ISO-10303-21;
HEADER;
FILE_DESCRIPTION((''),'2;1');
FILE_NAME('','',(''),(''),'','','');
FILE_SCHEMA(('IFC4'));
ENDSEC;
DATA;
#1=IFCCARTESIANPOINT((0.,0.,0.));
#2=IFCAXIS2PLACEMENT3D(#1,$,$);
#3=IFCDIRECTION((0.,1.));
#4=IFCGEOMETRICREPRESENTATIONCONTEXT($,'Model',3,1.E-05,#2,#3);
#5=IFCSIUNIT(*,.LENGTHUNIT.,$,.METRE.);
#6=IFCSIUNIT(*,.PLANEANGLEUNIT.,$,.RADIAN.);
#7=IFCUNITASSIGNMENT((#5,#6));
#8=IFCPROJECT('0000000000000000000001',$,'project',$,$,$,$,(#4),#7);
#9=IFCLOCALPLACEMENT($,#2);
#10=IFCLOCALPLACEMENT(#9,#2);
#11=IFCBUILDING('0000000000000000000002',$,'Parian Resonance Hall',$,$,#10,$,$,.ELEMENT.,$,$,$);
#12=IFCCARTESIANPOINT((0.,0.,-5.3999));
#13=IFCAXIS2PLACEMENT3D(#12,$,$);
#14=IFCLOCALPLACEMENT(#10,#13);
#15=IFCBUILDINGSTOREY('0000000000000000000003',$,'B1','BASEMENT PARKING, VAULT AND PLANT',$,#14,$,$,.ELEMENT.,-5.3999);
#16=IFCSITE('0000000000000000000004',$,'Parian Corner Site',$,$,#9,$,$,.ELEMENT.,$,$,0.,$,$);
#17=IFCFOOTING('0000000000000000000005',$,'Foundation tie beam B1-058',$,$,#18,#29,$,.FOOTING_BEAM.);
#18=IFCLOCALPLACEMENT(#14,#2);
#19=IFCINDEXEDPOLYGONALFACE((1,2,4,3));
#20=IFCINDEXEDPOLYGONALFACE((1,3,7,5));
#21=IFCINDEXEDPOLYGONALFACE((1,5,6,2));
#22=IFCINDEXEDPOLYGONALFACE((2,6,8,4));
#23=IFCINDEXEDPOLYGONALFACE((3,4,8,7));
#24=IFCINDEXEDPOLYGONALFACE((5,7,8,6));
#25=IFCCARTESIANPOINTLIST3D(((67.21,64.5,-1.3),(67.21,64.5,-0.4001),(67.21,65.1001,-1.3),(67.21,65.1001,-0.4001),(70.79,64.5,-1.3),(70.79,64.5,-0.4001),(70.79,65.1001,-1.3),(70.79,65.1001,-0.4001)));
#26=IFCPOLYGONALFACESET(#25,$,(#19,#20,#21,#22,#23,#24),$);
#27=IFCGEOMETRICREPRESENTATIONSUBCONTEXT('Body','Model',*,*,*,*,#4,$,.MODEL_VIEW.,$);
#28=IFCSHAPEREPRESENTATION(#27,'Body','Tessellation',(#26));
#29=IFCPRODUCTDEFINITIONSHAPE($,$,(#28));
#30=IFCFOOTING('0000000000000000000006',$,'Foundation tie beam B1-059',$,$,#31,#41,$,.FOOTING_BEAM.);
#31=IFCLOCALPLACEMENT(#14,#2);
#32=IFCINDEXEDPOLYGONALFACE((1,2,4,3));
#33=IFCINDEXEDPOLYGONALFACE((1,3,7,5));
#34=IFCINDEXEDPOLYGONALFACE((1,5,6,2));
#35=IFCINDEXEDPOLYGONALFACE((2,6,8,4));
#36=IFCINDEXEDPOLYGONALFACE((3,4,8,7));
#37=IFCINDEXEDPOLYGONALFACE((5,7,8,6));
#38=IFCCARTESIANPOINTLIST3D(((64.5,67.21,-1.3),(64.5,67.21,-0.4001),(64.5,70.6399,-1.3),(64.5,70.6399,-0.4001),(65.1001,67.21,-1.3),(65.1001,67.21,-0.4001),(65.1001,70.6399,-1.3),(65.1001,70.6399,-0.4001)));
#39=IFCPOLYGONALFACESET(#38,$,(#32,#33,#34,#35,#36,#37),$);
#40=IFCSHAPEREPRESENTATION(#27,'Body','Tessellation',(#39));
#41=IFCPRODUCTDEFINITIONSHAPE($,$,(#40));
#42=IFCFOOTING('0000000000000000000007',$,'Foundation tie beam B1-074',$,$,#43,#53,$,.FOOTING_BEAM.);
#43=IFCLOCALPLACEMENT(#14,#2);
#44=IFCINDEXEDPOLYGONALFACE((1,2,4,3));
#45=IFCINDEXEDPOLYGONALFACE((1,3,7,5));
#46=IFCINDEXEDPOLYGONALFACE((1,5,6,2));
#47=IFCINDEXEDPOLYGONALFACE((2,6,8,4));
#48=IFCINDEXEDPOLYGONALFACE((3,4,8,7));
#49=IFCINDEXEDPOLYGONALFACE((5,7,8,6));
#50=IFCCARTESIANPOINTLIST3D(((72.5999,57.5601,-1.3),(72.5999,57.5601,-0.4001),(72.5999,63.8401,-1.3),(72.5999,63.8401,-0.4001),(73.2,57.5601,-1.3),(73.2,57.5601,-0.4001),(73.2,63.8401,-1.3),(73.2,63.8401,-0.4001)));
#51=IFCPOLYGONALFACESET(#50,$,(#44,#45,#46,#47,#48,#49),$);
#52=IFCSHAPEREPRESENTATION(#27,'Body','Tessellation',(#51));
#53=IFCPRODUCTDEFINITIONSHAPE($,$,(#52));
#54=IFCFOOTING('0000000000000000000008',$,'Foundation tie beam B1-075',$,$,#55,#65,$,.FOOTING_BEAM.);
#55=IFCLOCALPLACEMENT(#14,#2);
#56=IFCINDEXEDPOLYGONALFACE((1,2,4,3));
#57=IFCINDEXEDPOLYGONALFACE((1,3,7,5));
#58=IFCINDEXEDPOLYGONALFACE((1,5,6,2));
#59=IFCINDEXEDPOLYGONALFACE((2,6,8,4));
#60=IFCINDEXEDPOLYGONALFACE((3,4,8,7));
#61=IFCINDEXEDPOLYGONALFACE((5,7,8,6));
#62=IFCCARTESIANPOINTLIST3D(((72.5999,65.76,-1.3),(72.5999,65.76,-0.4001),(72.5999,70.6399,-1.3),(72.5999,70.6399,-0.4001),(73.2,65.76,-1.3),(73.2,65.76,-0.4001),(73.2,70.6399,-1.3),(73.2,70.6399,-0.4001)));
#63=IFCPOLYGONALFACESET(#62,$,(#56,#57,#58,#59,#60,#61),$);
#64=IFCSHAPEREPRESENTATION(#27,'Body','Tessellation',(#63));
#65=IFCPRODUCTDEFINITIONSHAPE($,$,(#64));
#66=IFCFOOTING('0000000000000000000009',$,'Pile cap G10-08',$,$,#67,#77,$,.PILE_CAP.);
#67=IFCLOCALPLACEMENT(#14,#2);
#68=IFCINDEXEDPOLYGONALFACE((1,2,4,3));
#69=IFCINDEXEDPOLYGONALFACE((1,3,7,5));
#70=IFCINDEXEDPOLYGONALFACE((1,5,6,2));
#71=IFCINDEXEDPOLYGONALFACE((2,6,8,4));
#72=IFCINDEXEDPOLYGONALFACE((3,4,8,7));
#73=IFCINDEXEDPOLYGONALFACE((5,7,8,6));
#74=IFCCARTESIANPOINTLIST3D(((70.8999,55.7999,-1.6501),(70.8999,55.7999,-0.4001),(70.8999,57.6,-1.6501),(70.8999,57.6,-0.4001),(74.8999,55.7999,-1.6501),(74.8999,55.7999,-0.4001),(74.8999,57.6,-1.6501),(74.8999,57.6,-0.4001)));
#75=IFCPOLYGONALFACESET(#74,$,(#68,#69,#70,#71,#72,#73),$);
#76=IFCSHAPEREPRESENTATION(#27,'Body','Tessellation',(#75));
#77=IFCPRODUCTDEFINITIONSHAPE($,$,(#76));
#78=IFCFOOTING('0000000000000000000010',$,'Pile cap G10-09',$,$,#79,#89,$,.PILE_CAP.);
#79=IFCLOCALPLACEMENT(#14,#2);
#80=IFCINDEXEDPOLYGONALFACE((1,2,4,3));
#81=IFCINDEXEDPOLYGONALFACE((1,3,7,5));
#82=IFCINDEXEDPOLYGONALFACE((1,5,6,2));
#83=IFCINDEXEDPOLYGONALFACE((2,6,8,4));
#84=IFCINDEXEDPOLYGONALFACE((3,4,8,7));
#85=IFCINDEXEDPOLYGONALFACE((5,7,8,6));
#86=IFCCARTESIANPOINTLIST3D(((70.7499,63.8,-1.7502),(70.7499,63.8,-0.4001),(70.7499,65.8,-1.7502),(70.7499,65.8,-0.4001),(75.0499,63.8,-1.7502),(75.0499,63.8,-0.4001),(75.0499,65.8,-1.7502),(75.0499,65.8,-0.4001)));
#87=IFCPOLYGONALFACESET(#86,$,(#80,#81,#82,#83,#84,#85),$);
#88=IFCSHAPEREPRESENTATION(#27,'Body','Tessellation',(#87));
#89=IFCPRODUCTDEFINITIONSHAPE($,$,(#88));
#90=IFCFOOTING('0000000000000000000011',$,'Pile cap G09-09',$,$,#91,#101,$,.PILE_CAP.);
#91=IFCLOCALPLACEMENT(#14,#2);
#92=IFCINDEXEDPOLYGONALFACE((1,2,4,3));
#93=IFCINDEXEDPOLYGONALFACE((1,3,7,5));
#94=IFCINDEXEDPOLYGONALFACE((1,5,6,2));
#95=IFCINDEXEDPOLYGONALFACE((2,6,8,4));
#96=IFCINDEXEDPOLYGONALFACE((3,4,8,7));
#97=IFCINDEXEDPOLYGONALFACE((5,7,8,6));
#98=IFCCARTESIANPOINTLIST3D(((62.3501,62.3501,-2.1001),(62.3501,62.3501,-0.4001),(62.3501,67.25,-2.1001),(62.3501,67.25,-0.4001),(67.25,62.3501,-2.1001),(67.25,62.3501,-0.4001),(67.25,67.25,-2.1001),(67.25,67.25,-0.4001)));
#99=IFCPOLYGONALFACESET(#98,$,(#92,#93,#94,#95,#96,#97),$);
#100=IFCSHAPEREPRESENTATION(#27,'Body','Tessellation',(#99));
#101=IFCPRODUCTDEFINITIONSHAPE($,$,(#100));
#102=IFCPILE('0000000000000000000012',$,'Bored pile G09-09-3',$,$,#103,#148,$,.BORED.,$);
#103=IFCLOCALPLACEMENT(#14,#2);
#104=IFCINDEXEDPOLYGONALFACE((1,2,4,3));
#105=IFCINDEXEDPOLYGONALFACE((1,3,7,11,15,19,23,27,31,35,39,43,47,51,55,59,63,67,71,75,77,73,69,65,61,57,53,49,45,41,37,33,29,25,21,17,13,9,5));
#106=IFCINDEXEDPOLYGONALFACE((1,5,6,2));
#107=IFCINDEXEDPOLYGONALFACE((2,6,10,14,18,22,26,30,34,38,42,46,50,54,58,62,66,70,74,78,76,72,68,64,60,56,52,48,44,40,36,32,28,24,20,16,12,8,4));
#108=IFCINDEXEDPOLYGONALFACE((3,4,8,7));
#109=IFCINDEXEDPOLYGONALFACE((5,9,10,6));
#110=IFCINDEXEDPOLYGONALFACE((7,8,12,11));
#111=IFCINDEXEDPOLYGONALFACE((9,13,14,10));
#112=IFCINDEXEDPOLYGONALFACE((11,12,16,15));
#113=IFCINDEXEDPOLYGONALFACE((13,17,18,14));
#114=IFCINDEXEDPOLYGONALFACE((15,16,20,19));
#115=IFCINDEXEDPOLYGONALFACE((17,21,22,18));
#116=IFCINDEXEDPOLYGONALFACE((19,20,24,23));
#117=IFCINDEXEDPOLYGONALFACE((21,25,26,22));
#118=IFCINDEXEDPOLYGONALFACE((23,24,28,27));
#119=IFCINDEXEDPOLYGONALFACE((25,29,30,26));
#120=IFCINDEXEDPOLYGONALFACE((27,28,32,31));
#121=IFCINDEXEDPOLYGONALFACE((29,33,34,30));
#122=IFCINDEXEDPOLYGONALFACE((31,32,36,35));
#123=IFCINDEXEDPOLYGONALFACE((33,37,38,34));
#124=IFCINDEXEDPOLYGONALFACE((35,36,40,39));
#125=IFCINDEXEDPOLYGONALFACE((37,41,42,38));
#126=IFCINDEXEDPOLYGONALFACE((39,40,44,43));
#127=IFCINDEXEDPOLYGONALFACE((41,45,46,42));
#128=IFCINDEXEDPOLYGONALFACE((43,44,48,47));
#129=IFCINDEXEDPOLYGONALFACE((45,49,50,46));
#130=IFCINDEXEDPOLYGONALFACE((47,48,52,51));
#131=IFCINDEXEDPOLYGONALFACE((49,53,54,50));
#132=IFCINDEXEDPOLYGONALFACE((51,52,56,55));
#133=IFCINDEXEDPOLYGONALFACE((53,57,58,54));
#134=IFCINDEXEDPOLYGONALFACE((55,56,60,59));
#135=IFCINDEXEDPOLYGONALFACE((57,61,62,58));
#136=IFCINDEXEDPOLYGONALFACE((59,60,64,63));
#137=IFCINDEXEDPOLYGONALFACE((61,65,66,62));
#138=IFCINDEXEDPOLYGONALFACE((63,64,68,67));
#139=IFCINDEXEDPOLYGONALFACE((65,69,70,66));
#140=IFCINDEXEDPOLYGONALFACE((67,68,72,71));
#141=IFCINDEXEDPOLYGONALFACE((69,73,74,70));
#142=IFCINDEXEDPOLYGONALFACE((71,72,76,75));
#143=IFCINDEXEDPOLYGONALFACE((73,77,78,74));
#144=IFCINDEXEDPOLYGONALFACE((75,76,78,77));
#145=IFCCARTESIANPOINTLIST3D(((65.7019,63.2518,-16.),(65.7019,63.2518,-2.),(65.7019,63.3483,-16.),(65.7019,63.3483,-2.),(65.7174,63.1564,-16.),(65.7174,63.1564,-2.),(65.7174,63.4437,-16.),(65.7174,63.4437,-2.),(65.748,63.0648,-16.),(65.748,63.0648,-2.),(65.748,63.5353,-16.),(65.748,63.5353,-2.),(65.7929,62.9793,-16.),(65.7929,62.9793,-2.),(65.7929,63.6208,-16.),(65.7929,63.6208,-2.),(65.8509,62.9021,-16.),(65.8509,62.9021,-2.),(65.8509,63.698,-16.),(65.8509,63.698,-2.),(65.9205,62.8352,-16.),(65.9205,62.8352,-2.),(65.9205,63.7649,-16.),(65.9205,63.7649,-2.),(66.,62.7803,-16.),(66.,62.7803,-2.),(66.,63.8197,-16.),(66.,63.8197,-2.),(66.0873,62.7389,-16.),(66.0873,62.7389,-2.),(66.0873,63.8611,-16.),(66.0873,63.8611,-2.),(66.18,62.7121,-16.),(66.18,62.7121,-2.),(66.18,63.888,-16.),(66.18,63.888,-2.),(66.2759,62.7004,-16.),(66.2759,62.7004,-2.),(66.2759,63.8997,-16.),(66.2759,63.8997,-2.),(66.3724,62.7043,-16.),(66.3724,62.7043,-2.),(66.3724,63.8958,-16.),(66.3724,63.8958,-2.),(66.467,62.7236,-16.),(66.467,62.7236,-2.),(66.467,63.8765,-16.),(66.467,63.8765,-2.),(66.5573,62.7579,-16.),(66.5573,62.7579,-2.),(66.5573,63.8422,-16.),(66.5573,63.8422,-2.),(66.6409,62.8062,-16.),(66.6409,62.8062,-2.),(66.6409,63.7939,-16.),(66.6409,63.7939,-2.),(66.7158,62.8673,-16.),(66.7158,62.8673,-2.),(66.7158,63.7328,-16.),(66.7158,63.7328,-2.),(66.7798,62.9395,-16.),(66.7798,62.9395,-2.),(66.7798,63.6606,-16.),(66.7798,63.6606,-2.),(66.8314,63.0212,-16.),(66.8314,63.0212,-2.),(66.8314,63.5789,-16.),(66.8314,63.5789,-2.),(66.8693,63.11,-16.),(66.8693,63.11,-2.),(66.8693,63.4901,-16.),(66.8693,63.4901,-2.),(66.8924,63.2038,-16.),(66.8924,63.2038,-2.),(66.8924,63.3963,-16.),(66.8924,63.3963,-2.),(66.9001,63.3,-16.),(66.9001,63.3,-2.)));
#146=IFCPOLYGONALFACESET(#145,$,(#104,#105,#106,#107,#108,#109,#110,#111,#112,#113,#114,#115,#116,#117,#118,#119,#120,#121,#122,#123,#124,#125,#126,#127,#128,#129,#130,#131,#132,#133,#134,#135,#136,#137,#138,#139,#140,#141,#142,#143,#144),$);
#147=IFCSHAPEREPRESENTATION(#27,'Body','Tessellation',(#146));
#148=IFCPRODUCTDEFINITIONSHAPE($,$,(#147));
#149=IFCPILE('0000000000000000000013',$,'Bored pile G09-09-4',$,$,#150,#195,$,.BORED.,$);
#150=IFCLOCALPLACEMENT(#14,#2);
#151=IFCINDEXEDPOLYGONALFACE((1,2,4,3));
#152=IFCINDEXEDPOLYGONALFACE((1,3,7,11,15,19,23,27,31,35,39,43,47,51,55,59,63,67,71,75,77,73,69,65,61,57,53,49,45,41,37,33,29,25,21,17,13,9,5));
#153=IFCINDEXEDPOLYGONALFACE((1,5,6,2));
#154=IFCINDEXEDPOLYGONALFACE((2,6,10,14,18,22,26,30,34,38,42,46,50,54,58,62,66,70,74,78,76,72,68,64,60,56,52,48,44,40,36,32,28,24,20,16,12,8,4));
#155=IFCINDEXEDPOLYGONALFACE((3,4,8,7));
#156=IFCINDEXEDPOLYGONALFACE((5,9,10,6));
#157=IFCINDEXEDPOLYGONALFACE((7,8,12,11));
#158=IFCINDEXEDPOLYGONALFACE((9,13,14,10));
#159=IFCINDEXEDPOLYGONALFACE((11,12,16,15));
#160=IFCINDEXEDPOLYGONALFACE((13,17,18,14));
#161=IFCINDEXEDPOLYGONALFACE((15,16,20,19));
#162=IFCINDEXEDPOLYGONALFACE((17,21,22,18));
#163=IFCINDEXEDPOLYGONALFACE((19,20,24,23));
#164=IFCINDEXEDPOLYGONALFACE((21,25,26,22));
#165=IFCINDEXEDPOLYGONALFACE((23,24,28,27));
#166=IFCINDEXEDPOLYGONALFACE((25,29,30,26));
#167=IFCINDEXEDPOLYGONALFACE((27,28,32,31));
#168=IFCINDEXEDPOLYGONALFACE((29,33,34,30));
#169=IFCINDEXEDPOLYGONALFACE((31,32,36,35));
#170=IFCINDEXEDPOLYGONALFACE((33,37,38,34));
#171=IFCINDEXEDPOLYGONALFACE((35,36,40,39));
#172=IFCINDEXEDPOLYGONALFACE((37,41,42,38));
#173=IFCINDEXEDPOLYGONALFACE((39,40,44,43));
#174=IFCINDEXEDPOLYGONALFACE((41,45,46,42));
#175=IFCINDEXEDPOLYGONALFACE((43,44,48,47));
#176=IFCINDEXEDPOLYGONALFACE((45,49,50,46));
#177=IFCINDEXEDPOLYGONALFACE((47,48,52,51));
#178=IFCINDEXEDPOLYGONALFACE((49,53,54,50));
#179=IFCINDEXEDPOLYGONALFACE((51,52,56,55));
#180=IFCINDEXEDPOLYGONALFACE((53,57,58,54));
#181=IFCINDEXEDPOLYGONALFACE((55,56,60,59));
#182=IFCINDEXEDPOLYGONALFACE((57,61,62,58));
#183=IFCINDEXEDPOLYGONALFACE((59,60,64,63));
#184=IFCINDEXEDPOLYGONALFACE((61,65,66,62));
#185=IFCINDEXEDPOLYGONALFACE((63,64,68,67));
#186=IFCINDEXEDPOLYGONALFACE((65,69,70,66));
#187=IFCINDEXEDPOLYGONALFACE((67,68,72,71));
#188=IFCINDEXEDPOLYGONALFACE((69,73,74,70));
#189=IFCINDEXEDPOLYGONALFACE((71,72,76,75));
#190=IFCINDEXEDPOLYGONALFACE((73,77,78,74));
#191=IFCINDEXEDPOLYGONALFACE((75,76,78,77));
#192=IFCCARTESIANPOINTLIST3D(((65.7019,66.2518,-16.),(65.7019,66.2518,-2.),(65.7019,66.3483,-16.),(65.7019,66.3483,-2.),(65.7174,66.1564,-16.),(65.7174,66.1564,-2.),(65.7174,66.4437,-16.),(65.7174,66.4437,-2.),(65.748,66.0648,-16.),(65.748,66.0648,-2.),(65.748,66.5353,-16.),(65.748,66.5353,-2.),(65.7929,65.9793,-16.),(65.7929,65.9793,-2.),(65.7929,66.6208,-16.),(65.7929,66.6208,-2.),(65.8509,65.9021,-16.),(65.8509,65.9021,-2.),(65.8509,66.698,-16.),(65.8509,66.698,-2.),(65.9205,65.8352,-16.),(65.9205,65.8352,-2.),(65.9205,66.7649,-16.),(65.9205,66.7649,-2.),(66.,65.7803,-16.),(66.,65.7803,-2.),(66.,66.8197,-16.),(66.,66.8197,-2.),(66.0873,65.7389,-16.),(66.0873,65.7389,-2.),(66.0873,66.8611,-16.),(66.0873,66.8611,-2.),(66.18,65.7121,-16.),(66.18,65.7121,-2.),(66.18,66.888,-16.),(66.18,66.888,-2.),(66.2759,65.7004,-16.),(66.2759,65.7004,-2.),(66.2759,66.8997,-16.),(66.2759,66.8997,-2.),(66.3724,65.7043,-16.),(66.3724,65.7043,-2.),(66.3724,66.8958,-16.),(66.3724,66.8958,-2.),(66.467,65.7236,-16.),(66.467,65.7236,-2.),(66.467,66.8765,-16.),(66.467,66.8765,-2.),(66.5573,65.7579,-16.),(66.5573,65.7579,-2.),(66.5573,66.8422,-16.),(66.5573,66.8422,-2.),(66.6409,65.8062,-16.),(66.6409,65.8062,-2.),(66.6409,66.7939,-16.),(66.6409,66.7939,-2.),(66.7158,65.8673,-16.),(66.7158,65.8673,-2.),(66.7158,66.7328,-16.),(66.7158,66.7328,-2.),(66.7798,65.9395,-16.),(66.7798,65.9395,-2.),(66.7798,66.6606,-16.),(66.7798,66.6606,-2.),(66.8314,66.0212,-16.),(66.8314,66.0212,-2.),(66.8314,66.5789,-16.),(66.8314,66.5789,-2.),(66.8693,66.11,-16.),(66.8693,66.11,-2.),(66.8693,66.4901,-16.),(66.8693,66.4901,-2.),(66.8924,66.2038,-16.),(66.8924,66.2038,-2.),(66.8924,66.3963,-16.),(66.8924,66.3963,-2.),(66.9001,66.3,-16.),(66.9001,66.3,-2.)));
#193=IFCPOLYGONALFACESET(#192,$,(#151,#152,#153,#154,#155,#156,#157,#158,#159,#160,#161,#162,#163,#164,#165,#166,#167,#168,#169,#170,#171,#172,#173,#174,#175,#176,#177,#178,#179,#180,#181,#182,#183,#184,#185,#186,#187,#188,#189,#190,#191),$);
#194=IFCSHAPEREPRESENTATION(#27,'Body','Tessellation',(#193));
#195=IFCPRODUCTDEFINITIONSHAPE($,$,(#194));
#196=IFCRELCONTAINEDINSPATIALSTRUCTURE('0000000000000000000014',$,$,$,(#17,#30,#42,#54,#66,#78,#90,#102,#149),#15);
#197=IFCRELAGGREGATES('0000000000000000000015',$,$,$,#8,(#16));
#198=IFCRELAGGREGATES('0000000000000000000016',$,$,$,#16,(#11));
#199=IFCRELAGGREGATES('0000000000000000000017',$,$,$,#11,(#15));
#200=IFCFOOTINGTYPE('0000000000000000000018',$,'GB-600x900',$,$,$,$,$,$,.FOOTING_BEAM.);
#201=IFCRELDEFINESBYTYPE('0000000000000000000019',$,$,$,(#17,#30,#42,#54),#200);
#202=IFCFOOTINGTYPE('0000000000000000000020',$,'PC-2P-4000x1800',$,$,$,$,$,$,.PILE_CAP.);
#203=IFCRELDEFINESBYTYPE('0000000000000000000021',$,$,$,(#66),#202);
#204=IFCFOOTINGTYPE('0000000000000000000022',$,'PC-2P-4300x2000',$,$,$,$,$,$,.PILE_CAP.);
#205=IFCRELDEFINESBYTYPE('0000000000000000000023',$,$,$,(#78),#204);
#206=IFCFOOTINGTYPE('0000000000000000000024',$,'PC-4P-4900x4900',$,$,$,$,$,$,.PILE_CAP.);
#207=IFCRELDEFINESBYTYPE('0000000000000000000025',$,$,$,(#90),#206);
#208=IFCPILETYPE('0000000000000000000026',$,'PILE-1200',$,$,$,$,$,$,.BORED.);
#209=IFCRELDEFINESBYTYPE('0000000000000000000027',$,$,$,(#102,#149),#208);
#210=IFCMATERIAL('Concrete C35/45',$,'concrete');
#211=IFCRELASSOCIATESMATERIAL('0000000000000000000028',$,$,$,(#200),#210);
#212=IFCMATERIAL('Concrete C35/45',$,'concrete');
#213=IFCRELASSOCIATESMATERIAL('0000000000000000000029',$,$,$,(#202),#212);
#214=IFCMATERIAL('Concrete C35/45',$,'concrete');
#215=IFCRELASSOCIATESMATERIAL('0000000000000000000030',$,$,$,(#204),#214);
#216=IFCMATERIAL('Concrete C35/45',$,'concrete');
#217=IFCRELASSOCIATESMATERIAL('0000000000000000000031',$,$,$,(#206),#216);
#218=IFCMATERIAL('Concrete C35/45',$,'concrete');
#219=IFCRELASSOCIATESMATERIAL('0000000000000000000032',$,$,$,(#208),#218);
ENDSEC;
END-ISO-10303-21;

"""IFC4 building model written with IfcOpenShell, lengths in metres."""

from ifc_helpers import new_model, si_unit, direction, frame, origin, origin_2d, place, context, subcontext, project, spatial, rectangle, circle, extrude, material, material_profile, profile_set, type_object, element, save


model = new_model("IFC4")

# Units and contexts
model_context = context("Model", 3, precision=1e-05, world=origin(), true_north=direction((0.0, 1.0)))
body_context = subcontext(model_context, "Body", "Model", "MODEL_VIEW")
ifc_project = project(units=[si_unit("LENGTHUNIT", "METRE"), si_unit("PLANEANGLEUNIT", "RADIAN")], contexts=[model_context])

# Site, building, storey
site_placement = place(None, origin())
site = spatial("IfcSite", under=ifc_project, at=site_placement, Name="Parian Corner Site", CompositionType="ELEMENT", RefElevation=0.0)
building_placement = place(site_placement, origin())
building = spatial("IfcBuilding", under=site, at=building_placement, Name="Parian Resonance Hall", CompositionType="ELEMENT")
storey_placement = place(building_placement, frame((0.0, 0.0, -5.3999)))
storey = spatial("IfcBuildingStorey", under=building, at=storey_placement, Name="B1", Description="BASEMENT PARKING, VAULT AND PLANT", CompositionType="ELEMENT", Elevation=-5.3999)

# Footings
ifc_material_1 = material(Name="Concrete C35/45", Category="concrete")
ifc_material_profile_1 = material_profile(ifc_material_1, rectangle(XDim=0.6001, YDim=0.8999, at=origin_2d()), Name="RC-GB-600x900")
ifc_profile_set_1 = profile_set([ifc_material_profile_1], Name="Concrete C35/45")
footing_type_1 = type_object("IfcFootingType", Name="GB-600x900", PredefinedType="FOOTING_BEAM", material=ifc_profile_set_1)
footing_1_placement = place(storey_placement, frame((67.21, 64.8, -0.8501), z_axis=(1.0, 0.0, 0.0), x_axis=(0.0, 1.0, 0.0)))
element("IfcFooting", 1, at=footing_1_placement, inside=storey, type_object=footing_type_1, Name="Foundation tie beam B1-058", PredefinedType="FOOTING_BEAM", context=body_context, shape_type="SweptSolid", body=[
    extrude(rectangle(XDim=0.6001, YDim=0.8999, at=origin_2d()), origin(), (0.0, 0.0, 1.0), 3.5801),
])
footing_2_placement = place(storey_placement, frame((64.8, 67.21, -0.8501), z_axis=(0.0, 1.0, 0.0), x_axis=(-1.0, 0.0, 0.0)))
element("IfcFooting", 2, at=footing_2_placement, inside=storey, type_object=footing_type_1, Name="Foundation tie beam B1-059", PredefinedType="FOOTING_BEAM", context=body_context, shape_type="SweptSolid", body=[
    extrude(rectangle(XDim=0.6001, YDim=0.8999, at=origin_2d()), origin(), (0.0, 0.0, 1.0), 3.4299),
])
footing_3_placement = place(storey_placement, frame((72.8999, 57.5601, -0.8501), z_axis=(0.0, 1.0, 0.0), x_axis=(-1.0, 0.0, 0.0)))
element("IfcFooting", 3, at=footing_3_placement, inside=storey, type_object=footing_type_1, Name="Foundation tie beam B1-074", PredefinedType="FOOTING_BEAM", context=body_context, shape_type="SweptSolid", body=[
    extrude(rectangle(XDim=0.6001, YDim=0.8999, at=origin_2d()), origin(), (0.0, 0.0, 1.0), 6.28),
])
footing_4_placement = place(storey_placement, frame((72.8999, 65.76, -0.8501), z_axis=(0.0, 1.0, 0.0), x_axis=(-1.0, 0.0, 0.0)))
element("IfcFooting", 4, at=footing_4_placement, inside=storey, type_object=footing_type_1, Name="Foundation tie beam B1-075", PredefinedType="FOOTING_BEAM", context=body_context, shape_type="SweptSolid", body=[
    extrude(rectangle(XDim=0.6001, YDim=0.8999, at=origin_2d()), origin(), (0.0, 0.0, 1.0), 4.8799),
])
ifc_material_2 = material(Name="Concrete C35/45", Category="concrete")
footing_type_2 = type_object("IfcFootingType", Name="PC-2P-4000x1800", PredefinedType="PILE_CAP", material=ifc_material_2)
footing_5_placement = place(storey_placement, frame((72.8999, 56.7, -1.6501), z_axis=(0.0, 0.0, 1.0), x_axis=(1.0, 0.0, 0.0)))
element("IfcFooting", 5, at=footing_5_placement, inside=storey, type_object=footing_type_2, Name="Pile cap G10-08", PredefinedType="PILE_CAP", context=body_context, shape_type="SweptSolid", body=[
    extrude(rectangle(XDim=4.0, YDim=1.8, at=origin_2d()), origin(), (0.0, 0.0, 1.0), 1.25),
])
ifc_material_3 = material(Name="Concrete C35/45", Category="concrete")
footing_type_3 = type_object("IfcFootingType", Name="PC-2P-4300x2000", PredefinedType="PILE_CAP", material=ifc_material_3)
footing_6_placement = place(storey_placement, frame((72.8999, 64.8, -1.7502), z_axis=(0.0, 0.0, 1.0), x_axis=(1.0, 0.0, 0.0)))
element("IfcFooting", 6, at=footing_6_placement, inside=storey, type_object=footing_type_3, Name="Pile cap G10-09", PredefinedType="PILE_CAP", context=body_context, shape_type="SweptSolid", body=[
    extrude(rectangle(XDim=4.3, YDim=2.0, at=origin_2d()), origin(), (0.0, 0.0, 1.0), 1.3501),
])
ifc_material_4 = material(Name="Concrete C35/45", Category="concrete")
footing_type_4 = type_object("IfcFootingType", Name="PC-4P-4900x4900", PredefinedType="PILE_CAP", material=ifc_material_4)
footing_7_placement = place(storey_placement, frame((64.8, 64.8, -2.1001), z_axis=(0.0, 0.0, 1.0), x_axis=(1.0, 0.0, 0.0)))
element("IfcFooting", 7, at=footing_7_placement, inside=storey, type_object=footing_type_4, Name="Pile cap G09-09", PredefinedType="PILE_CAP", context=body_context, shape_type="SweptSolid", body=[
    extrude(rectangle(XDim=4.8999, YDim=4.8999, at=origin_2d()), origin(), (0.0, 0.0, 1.0), 1.7),
])

# Piles
ifc_material_5 = material(Name="Concrete C35/45", Category="concrete")
ifc_material_profile_2 = material_profile(ifc_material_5, circle(Radius=0.6001, at=origin_2d()), Name="PILE-D1200")
ifc_profile_set_2 = profile_set([ifc_material_profile_2], Name="Concrete C35/45")
pile_type_1 = type_object("IfcPileType", Name="PILE-1200", PredefinedType="BORED", material=ifc_profile_set_2)
for number, where, z_axis, x_axis, name in (
    (8, (66.3, 63.3, -2.0), (0.0, 0.0, -1.0), (1.0, 0.0, 0.0), "Bored pile G09-09-3"),
    (9, (66.3, 66.3, -2.0), (0.0, 0.0, -1.0), (1.0, 0.0, 0.0), "Bored pile G09-09-4"),
):
    element("IfcPile", number, at=place(storey_placement, frame(where, z_axis=z_axis, x_axis=x_axis)), inside=storey, type_object=pile_type_1, Name=name, PredefinedType="BORED", context=body_context, shape_type="SweptSolid", body=[
        extrude(circle(Radius=0.6001, at=origin_2d()), origin(), (0.0, 0.0, 1.0), 14.0),
    ])

save(model, "model.ifc")
